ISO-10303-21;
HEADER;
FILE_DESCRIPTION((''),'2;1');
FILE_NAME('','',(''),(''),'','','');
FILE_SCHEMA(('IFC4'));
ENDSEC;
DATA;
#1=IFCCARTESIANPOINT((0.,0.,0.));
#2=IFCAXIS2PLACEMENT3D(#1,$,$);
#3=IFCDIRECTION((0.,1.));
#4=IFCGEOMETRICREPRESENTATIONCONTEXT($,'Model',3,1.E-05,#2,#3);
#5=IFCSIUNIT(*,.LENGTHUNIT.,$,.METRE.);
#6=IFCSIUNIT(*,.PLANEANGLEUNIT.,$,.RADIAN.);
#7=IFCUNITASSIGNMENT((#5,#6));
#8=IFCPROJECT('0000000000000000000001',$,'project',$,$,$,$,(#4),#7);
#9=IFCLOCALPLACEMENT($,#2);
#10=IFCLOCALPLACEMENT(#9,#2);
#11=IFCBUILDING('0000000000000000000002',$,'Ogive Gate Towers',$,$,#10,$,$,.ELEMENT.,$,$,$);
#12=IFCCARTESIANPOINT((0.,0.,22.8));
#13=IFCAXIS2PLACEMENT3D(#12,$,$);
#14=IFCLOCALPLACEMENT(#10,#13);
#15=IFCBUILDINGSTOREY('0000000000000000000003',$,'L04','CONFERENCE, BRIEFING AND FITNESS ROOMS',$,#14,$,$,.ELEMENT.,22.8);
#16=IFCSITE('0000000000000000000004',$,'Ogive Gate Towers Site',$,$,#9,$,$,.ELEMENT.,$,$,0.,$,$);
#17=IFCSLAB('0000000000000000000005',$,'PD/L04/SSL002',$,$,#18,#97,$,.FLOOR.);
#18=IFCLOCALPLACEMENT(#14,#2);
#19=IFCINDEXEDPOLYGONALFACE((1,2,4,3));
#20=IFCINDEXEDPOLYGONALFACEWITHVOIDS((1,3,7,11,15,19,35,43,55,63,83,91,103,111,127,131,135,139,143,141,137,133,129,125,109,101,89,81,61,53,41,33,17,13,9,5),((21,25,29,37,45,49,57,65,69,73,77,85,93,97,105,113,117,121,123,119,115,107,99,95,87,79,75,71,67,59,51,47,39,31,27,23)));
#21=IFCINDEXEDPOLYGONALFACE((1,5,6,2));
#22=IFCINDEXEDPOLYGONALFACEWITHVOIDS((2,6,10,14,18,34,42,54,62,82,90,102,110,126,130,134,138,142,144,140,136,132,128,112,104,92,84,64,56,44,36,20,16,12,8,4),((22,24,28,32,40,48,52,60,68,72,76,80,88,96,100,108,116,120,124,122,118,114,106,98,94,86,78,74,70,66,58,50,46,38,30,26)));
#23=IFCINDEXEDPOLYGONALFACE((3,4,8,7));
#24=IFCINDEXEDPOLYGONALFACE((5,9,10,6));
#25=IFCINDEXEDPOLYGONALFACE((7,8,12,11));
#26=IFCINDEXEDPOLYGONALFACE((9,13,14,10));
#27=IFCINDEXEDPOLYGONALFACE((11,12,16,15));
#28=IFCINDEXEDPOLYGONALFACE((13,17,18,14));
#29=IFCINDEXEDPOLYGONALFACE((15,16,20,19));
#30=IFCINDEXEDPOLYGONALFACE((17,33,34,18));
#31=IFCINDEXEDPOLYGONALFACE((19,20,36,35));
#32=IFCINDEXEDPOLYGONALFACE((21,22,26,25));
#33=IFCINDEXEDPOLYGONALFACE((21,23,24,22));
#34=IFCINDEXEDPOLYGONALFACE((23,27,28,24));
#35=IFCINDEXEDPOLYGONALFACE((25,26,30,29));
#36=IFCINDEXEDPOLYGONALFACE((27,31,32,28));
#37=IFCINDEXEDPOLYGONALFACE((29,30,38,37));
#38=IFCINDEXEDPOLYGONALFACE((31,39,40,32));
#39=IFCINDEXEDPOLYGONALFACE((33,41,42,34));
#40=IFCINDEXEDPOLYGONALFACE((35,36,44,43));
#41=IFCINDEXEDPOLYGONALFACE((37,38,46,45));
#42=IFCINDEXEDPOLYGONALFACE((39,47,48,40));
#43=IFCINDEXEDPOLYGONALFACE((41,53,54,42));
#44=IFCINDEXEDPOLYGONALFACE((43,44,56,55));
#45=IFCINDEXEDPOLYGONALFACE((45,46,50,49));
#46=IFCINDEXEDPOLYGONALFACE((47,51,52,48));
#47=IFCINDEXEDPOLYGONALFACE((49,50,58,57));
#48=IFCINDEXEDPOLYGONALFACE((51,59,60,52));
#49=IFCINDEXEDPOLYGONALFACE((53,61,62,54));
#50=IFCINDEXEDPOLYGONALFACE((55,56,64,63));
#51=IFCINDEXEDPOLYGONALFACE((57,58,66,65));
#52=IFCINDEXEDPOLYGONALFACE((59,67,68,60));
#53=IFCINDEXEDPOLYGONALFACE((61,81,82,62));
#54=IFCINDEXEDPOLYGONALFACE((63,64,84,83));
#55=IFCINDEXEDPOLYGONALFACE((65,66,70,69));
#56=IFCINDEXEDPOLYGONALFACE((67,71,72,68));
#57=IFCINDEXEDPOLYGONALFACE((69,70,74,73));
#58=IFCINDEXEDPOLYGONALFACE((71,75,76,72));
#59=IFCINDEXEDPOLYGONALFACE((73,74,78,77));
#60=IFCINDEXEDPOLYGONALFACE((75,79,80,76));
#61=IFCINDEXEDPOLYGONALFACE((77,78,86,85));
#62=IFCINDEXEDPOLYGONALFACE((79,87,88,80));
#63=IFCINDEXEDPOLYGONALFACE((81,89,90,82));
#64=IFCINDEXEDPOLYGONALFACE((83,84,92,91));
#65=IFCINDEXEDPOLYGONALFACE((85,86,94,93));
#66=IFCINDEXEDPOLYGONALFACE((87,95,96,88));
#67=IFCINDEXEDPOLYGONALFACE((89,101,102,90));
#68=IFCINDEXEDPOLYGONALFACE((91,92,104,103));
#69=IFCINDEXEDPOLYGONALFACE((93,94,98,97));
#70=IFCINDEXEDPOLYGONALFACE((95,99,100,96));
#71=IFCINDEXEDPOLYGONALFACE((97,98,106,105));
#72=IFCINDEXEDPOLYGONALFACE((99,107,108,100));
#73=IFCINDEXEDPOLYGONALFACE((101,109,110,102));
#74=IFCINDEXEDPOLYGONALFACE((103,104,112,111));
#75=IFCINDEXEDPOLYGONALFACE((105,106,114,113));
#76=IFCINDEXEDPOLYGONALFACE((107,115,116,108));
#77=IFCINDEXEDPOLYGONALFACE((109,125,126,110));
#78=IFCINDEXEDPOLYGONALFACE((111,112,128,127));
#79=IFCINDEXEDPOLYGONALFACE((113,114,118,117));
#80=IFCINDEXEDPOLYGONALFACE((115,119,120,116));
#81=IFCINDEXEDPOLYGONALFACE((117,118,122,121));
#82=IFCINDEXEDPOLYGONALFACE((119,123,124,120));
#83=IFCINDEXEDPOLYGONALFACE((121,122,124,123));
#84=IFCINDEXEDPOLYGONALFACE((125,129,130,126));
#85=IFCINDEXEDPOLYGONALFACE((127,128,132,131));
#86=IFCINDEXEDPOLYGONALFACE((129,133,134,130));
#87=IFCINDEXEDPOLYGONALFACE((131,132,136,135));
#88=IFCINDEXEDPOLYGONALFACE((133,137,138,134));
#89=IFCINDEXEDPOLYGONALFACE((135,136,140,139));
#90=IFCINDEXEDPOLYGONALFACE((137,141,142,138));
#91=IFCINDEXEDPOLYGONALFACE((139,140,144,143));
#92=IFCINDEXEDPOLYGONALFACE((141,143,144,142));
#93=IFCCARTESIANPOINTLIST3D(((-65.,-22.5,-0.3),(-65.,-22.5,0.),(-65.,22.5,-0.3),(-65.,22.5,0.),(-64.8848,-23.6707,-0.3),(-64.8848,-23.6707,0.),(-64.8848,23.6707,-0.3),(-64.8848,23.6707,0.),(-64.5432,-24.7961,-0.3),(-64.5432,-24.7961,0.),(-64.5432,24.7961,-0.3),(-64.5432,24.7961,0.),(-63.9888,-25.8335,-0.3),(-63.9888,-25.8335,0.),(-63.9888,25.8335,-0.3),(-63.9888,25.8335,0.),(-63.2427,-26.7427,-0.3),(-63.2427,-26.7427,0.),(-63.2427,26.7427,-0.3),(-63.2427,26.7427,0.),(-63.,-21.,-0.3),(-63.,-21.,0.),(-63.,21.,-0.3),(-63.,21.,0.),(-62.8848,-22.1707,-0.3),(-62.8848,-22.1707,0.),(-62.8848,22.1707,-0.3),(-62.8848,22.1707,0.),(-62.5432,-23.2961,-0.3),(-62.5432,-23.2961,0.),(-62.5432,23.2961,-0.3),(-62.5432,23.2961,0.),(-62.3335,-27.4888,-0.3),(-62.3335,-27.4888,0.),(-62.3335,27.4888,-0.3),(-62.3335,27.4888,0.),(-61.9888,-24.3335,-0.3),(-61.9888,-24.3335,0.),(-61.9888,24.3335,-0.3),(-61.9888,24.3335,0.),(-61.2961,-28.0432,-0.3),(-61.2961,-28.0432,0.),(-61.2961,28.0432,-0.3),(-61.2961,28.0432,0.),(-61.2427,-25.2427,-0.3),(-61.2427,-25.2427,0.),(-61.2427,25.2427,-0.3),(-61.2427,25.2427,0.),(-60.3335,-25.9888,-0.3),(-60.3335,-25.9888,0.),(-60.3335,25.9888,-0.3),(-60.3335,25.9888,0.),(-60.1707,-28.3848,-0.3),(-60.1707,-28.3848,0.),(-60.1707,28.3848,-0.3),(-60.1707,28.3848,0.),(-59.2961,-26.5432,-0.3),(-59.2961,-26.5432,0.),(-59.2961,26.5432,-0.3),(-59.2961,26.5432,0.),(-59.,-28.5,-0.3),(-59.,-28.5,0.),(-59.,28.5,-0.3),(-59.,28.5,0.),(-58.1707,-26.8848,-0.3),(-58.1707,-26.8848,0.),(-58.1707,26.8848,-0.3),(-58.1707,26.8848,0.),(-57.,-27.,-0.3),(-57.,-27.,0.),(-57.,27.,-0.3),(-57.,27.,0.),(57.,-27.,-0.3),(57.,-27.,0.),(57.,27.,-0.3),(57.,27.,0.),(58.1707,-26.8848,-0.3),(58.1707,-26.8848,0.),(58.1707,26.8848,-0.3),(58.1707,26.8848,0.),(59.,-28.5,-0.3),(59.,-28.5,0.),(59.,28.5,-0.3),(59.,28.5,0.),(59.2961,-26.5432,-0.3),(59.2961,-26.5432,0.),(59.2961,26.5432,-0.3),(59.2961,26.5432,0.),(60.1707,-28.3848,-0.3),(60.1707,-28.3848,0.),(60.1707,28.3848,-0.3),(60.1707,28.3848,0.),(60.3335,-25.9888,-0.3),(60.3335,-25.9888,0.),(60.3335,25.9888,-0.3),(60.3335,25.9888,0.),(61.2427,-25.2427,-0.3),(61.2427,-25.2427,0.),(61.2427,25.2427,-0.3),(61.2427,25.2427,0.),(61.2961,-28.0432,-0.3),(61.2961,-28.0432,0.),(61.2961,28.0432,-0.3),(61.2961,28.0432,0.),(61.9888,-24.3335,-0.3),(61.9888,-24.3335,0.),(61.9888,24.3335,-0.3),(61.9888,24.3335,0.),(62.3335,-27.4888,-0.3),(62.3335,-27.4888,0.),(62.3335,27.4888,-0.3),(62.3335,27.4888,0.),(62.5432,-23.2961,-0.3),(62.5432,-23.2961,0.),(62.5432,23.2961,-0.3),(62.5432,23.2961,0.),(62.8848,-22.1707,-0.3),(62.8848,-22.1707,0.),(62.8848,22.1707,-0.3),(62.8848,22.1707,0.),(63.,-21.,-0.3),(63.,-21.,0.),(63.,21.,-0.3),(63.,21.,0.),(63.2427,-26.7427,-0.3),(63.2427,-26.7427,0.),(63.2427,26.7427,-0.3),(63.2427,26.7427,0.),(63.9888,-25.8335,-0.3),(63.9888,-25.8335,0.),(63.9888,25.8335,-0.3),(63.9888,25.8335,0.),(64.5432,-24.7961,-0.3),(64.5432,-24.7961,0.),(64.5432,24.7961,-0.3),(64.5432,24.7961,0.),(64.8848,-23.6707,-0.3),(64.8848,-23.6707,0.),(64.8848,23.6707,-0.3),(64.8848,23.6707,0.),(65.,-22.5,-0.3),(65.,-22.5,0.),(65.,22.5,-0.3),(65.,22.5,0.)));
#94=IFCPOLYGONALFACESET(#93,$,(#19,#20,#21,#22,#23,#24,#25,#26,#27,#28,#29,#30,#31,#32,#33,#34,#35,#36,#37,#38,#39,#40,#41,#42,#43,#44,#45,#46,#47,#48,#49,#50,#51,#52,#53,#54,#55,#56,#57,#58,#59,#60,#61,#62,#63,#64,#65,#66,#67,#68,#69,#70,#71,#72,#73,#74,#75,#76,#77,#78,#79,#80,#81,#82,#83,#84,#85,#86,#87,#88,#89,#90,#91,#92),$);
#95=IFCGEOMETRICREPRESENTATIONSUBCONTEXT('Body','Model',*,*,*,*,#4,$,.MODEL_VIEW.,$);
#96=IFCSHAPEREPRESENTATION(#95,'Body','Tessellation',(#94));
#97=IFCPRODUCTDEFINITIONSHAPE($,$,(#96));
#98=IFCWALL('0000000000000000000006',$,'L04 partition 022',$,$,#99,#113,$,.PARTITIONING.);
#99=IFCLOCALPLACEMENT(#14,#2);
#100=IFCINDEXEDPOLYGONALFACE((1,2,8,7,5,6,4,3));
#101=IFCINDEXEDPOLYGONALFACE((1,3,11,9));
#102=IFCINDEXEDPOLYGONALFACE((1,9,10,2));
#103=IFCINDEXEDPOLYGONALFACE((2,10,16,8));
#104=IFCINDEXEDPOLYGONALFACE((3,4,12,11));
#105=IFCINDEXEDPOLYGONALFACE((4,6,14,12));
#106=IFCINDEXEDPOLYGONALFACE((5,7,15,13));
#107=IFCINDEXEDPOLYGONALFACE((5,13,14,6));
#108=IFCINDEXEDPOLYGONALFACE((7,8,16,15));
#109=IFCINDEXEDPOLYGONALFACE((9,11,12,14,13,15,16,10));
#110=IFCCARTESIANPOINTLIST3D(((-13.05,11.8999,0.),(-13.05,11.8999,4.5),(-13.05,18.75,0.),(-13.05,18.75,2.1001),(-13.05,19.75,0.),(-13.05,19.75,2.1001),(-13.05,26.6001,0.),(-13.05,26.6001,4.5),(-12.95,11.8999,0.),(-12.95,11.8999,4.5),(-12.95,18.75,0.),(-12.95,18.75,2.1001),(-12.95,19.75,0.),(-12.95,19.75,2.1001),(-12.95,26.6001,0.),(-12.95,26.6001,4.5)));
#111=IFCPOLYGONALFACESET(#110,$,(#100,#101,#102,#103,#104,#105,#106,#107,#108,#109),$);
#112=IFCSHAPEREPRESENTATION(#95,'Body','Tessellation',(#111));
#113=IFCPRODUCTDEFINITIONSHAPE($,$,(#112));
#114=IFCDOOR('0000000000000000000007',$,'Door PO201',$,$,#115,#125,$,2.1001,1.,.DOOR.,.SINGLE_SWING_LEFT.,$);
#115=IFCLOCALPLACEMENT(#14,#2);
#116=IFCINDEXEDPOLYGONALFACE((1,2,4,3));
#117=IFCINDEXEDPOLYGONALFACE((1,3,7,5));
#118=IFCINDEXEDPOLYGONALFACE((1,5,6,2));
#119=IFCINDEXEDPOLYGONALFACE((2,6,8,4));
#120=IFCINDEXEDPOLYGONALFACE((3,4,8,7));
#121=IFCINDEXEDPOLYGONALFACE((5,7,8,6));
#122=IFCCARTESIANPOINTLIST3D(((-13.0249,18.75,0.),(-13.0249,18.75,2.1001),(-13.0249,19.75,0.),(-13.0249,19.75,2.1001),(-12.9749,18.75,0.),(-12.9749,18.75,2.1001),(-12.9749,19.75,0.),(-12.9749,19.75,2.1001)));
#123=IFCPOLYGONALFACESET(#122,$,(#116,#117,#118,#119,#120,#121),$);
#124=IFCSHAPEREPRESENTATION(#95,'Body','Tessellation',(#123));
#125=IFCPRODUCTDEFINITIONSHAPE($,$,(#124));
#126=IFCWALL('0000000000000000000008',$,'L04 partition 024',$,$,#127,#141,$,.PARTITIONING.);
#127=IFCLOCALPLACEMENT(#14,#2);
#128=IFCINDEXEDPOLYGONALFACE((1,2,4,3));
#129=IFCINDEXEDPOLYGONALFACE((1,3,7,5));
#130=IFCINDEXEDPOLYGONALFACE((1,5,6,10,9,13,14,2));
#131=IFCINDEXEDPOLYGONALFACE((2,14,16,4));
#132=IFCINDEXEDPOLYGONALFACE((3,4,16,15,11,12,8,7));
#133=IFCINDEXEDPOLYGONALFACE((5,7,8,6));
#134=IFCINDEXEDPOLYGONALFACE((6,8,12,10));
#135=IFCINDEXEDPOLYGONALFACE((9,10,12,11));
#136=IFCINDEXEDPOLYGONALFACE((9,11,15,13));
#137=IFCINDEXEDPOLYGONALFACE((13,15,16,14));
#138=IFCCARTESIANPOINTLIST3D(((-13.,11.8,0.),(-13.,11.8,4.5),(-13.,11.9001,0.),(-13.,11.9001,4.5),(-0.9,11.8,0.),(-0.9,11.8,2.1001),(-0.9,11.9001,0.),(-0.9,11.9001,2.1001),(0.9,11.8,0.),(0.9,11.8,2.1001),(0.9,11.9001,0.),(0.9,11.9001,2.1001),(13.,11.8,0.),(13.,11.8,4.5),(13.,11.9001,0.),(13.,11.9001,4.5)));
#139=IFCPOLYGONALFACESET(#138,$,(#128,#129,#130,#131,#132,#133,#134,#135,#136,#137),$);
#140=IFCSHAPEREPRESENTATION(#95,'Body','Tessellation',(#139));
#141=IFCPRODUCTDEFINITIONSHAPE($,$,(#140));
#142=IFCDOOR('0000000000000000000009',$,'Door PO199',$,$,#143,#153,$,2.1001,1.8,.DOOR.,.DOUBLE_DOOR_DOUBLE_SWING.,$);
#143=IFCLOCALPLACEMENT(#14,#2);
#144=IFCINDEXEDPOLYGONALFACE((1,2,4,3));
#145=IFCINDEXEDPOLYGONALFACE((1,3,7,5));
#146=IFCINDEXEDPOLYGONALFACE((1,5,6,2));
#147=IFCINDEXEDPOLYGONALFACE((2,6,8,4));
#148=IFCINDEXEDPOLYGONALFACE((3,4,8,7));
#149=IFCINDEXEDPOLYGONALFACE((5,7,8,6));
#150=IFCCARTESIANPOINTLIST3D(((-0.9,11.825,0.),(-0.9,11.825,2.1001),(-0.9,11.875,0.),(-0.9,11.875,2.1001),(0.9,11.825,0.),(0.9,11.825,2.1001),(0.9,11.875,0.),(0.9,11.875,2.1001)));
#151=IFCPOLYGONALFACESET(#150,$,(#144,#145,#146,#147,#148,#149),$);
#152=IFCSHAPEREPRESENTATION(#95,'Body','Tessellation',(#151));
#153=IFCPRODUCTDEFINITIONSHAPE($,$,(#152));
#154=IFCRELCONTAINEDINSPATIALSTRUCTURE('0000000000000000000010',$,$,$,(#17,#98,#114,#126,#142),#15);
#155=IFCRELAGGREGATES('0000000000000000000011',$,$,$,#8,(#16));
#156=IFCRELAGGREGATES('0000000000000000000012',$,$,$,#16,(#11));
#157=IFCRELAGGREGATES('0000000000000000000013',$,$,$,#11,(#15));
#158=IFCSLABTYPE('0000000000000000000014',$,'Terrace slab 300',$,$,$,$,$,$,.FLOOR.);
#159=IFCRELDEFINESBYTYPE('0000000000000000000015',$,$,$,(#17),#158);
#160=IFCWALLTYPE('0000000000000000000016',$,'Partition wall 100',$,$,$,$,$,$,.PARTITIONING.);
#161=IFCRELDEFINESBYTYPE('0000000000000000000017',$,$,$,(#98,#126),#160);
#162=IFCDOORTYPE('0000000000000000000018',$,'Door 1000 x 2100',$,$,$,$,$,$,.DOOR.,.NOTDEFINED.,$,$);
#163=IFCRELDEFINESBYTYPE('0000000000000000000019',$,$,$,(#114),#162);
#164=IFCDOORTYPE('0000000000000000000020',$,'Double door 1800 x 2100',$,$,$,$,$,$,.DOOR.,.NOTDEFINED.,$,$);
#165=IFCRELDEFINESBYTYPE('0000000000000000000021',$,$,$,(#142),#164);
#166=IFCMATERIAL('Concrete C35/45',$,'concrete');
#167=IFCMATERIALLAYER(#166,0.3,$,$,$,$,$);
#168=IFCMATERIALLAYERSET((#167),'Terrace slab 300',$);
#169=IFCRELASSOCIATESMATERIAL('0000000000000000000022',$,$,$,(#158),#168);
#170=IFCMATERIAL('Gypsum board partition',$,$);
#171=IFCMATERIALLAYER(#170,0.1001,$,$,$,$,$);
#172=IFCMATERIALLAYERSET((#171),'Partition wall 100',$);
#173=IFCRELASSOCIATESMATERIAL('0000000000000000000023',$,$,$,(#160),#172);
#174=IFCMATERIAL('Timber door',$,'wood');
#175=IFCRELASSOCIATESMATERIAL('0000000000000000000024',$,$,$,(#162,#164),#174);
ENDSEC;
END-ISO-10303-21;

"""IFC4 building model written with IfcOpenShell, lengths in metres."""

from ifc_helpers import new_model, si_unit, direction, frame, frame_2d, origin, place, context, subcontext, project, spatial, polyline, rectangle, outline, extrude, material, layer, layer_set, type_object, element, fill, save


model = new_model("IFC4")

# Units and contexts
model_context = context("Model", 3, precision=1e-05, world=origin(), true_north=direction((0.0, 1.0)))
body_context = subcontext(model_context, "Body", "Model", "MODEL_VIEW")
ifc_project = project(units=[si_unit("LENGTHUNIT", "METRE"), si_unit("PLANEANGLEUNIT", "RADIAN")], contexts=[model_context])

# Site, building, storey
site_placement = place(None, origin())
site = spatial("IfcSite", under=ifc_project, at=site_placement, Name="Ogive Gate Towers Site", CompositionType="ELEMENT", RefElevation=0.0)
building_placement = place(site_placement, origin())
building = spatial("IfcBuilding", under=site, at=building_placement, Name="Ogive Gate Towers", CompositionType="ELEMENT")
storey_placement = place(building_placement, frame((0.0, 0.0, 22.8)))
storey = spatial("IfcBuildingStorey", under=building, at=storey_placement, Name="L04", Description="CONFERENCE, BRIEFING AND FITNESS ROOMS", CompositionType="ELEMENT", Elevation=22.8)

# Slab
ifc_material_1 = material(Name="Concrete C35/45", Category="concrete")
ifc_layer_1 = layer(ifc_material_1, 0.3)
ifc_layer_set_1 = layer_set([ifc_layer_1], Name="Terrace slab 300")
slab_type_1 = type_object("IfcSlabType", Name="Terrace slab 300", PredefinedType="FLOOR", material=ifc_layer_set_1)
slab_1_placement = place(storey_placement, frame((0.0, 0.0, -0.3)))
element("IfcSlab", 1, at=slab_1_placement, inside=storey, type_object=slab_type_1, Name="PD/L04/SSL002", PredefinedType="FLOOR", context=body_context, shape_type="SweptSolid", body=[
    extrude(outline(polyline([(-59.0, -28.5), (59.0, -28.5), (60.1707, -28.3848), (61.2961, -28.0432), (62.3335, -27.4888), (63.2427, -26.7427), (63.9888, -25.8335), (64.5432, -24.7961), (64.8848, -23.6707), (65.0, -22.5), (65.0, 22.5), (64.8848, 23.6707), (64.5432, 24.7961), (63.9888, 25.8335), (63.2427, 26.7427), (62.3335, 27.4888), (61.2961, 28.0432), (60.1707, 28.3848), (59.0, 28.5), (-59.0, 28.5), (-60.1707, 28.3848), (-61.2961, 28.0432), (-62.3335, 27.4888), (-63.2427, 26.7427), (-63.9888, 25.8335), (-64.5432, 24.7961), (-64.8848, 23.6707), (-65.0, 22.5), (-65.0, -22.5), (-64.8848, -23.6707), (-64.5432, -24.7961), (-63.9888, -25.8335), (-63.2427, -26.7427), (-62.3335, -27.4888), (-61.2961, -28.0432), (-60.1707, -28.3848), (-59.0, -28.5)]), holes=[polyline([(58.1707, -26.8848), (57.0, -27.0), (-57.0, -27.0), (-58.1707, -26.8848), (-59.2961, -26.5432), (-60.3335, -25.9888), (-61.2427, -25.2427), (-61.9888, -24.3335), (-62.5432, -23.2961), (-62.8848, -22.1707), (-63.0, -21.0), (-63.0, 21.0), (-62.8848, 22.1707), (-62.5432, 23.2961), (-61.9888, 24.3335), (-61.2427, 25.2427), (-60.3335, 25.9888), (-59.2961, 26.5432), (-58.1707, 26.8848), (-57.0, 27.0), (57.0, 27.0), (58.1707, 26.8848), (59.2961, 26.5432), (60.3335, 25.9888), (61.2427, 25.2427), (61.9888, 24.3335), (62.5432, 23.2961), (62.8848, 22.1707), (63.0, 21.0), (63.0, -21.0), (62.8848, -22.1707), (62.5432, -23.2961), (61.9888, -24.3335), (61.2427, -25.2427), (60.3335, -25.9888), (59.2961, -26.5432), (58.1707, -26.8848)])]), origin(), (0.0, 0.0, 1.0), 0.3),
])

# Walls, openings, doors
ifc_material_2 = material(Name="Gypsum board partition")
ifc_layer_2 = layer(ifc_material_2, 0.1001)
ifc_layer_set_2 = layer_set([ifc_layer_2], Name="Partition wall 100")
wall_type_1 = type_object("IfcWallType", Name="Partition wall 100", PredefinedType="PARTITIONING", material=ifc_layer_set_2)
wall_1_placement = place(storey_placement, frame((-13.0, 11.8999, 0.0), z_axis=(0.0, 0.0, 1.0), x_axis=(0.0, 1.0, 0.0)))
wall_1 = element("IfcWall", 2, at=wall_1_placement, inside=storey, type_object=wall_type_1, Name="L04 partition 022", PredefinedType="PARTITIONING", context=body_context, shape_type="SweptSolid", body=[
    extrude(rectangle(XDim=14.7002, YDim=0.1001, at=frame_2d((7.3501, 0.0))), origin(), (0.0, 0.0, 1.0), 4.5),
])
opening_1_placement = place(wall_1_placement, frame((6.8501, 0.0, 0.0)))
opening_1 = element("IfcOpeningElement", 3, at=opening_1_placement, cuts=wall_1, PredefinedType="OPENING", context=body_context, shape_type="SweptSolid", body=[
    extrude(rectangle(XDim=1.0, YDim=2.1001, at=frame_2d((0.5, 1.05))), frame((0.0, 0.0601, 0.0), z_axis=(0.0, -1.0, 0.0), x_axis=(1.0, 0.0, 0.0)), (0.0, 0.0, 1.0), 0.1201),
])
ifc_material_3 = material(Name="Timber door", Category="wood")
door_type_1 = type_object("IfcDoorType", Name="Door 1000 x 2100", OperationType="NOTDEFINED", PredefinedType="DOOR", material=ifc_material_3)
door_1_placement = place(opening_1_placement, origin())
door_1 = element("IfcDoor", 4, at=door_1_placement, inside=storey, type_object=door_type_1, Name="Door PO201", OperationType="SINGLE_SWING_LEFT", OverallHeight=2.1001, OverallWidth=1.0, PredefinedType="DOOR", context=body_context, shape_type="SweptSolid", body=[
    extrude(rectangle(XDim=1.0, YDim=2.1001, at=frame_2d((0.5, 1.05))), frame((0.0, 0.0249, 0.0), z_axis=(0.0, -1.0, 0.0), x_axis=(1.0, 0.0, 0.0)), (0.0, 0.0, 1.0), 0.05),
])
fill(opening_1, door_1)
wall_2_placement = place(storey_placement, frame((-13.0, 11.8501, 0.0), z_axis=(0.0, 0.0, 1.0), x_axis=(1.0, 0.0, 0.0)))
wall_2 = element("IfcWall", 5, at=wall_2_placement, inside=storey, type_object=wall_type_1, Name="L04 partition 024", PredefinedType="PARTITIONING", context=body_context, shape_type="SweptSolid", body=[
    extrude(rectangle(XDim=26.0, YDim=0.1001, at=frame_2d((13.0, 0.0))), origin(), (0.0, 0.0, 1.0), 4.5),
])
opening_2_placement = place(wall_2_placement, frame((12.1001, 0.0, 0.0)))
opening_2 = element("IfcOpeningElement", 6, at=opening_2_placement, cuts=wall_2, PredefinedType="OPENING", context=body_context, shape_type="SweptSolid", body=[
    extrude(rectangle(XDim=1.8, YDim=2.1001, at=frame_2d((0.8999, 1.05))), frame((0.0, 0.0601, 0.0), z_axis=(0.0, -1.0, 0.0), x_axis=(1.0, 0.0, 0.0)), (0.0, 0.0, 1.0), 0.1201),
])
door_type_2 = type_object("IfcDoorType", Name="Double door 1800 x 2100", OperationType="NOTDEFINED", PredefinedType="DOOR", material=ifc_material_3)
door_2_placement = place(opening_2_placement, origin())
door_2 = element("IfcDoor", 7, at=door_2_placement, inside=storey, type_object=door_type_2, Name="Door PO199", OperationType="DOUBLE_DOOR_DOUBLE_SWING", OverallHeight=2.1001, OverallWidth=1.8, PredefinedType="DOOR", context=body_context, shape_type="SweptSolid", body=[
    extrude(rectangle(XDim=1.8, YDim=2.1001, at=frame_2d((0.8999, 1.05))), frame((0.0, 0.0249, 0.0), z_axis=(0.0, -1.0, 0.0), x_axis=(1.0, 0.0, 0.0)), (0.0, 0.0, 1.0), 0.05),
])
fill(opening_2, door_2)

save(model, "model.ifc")
